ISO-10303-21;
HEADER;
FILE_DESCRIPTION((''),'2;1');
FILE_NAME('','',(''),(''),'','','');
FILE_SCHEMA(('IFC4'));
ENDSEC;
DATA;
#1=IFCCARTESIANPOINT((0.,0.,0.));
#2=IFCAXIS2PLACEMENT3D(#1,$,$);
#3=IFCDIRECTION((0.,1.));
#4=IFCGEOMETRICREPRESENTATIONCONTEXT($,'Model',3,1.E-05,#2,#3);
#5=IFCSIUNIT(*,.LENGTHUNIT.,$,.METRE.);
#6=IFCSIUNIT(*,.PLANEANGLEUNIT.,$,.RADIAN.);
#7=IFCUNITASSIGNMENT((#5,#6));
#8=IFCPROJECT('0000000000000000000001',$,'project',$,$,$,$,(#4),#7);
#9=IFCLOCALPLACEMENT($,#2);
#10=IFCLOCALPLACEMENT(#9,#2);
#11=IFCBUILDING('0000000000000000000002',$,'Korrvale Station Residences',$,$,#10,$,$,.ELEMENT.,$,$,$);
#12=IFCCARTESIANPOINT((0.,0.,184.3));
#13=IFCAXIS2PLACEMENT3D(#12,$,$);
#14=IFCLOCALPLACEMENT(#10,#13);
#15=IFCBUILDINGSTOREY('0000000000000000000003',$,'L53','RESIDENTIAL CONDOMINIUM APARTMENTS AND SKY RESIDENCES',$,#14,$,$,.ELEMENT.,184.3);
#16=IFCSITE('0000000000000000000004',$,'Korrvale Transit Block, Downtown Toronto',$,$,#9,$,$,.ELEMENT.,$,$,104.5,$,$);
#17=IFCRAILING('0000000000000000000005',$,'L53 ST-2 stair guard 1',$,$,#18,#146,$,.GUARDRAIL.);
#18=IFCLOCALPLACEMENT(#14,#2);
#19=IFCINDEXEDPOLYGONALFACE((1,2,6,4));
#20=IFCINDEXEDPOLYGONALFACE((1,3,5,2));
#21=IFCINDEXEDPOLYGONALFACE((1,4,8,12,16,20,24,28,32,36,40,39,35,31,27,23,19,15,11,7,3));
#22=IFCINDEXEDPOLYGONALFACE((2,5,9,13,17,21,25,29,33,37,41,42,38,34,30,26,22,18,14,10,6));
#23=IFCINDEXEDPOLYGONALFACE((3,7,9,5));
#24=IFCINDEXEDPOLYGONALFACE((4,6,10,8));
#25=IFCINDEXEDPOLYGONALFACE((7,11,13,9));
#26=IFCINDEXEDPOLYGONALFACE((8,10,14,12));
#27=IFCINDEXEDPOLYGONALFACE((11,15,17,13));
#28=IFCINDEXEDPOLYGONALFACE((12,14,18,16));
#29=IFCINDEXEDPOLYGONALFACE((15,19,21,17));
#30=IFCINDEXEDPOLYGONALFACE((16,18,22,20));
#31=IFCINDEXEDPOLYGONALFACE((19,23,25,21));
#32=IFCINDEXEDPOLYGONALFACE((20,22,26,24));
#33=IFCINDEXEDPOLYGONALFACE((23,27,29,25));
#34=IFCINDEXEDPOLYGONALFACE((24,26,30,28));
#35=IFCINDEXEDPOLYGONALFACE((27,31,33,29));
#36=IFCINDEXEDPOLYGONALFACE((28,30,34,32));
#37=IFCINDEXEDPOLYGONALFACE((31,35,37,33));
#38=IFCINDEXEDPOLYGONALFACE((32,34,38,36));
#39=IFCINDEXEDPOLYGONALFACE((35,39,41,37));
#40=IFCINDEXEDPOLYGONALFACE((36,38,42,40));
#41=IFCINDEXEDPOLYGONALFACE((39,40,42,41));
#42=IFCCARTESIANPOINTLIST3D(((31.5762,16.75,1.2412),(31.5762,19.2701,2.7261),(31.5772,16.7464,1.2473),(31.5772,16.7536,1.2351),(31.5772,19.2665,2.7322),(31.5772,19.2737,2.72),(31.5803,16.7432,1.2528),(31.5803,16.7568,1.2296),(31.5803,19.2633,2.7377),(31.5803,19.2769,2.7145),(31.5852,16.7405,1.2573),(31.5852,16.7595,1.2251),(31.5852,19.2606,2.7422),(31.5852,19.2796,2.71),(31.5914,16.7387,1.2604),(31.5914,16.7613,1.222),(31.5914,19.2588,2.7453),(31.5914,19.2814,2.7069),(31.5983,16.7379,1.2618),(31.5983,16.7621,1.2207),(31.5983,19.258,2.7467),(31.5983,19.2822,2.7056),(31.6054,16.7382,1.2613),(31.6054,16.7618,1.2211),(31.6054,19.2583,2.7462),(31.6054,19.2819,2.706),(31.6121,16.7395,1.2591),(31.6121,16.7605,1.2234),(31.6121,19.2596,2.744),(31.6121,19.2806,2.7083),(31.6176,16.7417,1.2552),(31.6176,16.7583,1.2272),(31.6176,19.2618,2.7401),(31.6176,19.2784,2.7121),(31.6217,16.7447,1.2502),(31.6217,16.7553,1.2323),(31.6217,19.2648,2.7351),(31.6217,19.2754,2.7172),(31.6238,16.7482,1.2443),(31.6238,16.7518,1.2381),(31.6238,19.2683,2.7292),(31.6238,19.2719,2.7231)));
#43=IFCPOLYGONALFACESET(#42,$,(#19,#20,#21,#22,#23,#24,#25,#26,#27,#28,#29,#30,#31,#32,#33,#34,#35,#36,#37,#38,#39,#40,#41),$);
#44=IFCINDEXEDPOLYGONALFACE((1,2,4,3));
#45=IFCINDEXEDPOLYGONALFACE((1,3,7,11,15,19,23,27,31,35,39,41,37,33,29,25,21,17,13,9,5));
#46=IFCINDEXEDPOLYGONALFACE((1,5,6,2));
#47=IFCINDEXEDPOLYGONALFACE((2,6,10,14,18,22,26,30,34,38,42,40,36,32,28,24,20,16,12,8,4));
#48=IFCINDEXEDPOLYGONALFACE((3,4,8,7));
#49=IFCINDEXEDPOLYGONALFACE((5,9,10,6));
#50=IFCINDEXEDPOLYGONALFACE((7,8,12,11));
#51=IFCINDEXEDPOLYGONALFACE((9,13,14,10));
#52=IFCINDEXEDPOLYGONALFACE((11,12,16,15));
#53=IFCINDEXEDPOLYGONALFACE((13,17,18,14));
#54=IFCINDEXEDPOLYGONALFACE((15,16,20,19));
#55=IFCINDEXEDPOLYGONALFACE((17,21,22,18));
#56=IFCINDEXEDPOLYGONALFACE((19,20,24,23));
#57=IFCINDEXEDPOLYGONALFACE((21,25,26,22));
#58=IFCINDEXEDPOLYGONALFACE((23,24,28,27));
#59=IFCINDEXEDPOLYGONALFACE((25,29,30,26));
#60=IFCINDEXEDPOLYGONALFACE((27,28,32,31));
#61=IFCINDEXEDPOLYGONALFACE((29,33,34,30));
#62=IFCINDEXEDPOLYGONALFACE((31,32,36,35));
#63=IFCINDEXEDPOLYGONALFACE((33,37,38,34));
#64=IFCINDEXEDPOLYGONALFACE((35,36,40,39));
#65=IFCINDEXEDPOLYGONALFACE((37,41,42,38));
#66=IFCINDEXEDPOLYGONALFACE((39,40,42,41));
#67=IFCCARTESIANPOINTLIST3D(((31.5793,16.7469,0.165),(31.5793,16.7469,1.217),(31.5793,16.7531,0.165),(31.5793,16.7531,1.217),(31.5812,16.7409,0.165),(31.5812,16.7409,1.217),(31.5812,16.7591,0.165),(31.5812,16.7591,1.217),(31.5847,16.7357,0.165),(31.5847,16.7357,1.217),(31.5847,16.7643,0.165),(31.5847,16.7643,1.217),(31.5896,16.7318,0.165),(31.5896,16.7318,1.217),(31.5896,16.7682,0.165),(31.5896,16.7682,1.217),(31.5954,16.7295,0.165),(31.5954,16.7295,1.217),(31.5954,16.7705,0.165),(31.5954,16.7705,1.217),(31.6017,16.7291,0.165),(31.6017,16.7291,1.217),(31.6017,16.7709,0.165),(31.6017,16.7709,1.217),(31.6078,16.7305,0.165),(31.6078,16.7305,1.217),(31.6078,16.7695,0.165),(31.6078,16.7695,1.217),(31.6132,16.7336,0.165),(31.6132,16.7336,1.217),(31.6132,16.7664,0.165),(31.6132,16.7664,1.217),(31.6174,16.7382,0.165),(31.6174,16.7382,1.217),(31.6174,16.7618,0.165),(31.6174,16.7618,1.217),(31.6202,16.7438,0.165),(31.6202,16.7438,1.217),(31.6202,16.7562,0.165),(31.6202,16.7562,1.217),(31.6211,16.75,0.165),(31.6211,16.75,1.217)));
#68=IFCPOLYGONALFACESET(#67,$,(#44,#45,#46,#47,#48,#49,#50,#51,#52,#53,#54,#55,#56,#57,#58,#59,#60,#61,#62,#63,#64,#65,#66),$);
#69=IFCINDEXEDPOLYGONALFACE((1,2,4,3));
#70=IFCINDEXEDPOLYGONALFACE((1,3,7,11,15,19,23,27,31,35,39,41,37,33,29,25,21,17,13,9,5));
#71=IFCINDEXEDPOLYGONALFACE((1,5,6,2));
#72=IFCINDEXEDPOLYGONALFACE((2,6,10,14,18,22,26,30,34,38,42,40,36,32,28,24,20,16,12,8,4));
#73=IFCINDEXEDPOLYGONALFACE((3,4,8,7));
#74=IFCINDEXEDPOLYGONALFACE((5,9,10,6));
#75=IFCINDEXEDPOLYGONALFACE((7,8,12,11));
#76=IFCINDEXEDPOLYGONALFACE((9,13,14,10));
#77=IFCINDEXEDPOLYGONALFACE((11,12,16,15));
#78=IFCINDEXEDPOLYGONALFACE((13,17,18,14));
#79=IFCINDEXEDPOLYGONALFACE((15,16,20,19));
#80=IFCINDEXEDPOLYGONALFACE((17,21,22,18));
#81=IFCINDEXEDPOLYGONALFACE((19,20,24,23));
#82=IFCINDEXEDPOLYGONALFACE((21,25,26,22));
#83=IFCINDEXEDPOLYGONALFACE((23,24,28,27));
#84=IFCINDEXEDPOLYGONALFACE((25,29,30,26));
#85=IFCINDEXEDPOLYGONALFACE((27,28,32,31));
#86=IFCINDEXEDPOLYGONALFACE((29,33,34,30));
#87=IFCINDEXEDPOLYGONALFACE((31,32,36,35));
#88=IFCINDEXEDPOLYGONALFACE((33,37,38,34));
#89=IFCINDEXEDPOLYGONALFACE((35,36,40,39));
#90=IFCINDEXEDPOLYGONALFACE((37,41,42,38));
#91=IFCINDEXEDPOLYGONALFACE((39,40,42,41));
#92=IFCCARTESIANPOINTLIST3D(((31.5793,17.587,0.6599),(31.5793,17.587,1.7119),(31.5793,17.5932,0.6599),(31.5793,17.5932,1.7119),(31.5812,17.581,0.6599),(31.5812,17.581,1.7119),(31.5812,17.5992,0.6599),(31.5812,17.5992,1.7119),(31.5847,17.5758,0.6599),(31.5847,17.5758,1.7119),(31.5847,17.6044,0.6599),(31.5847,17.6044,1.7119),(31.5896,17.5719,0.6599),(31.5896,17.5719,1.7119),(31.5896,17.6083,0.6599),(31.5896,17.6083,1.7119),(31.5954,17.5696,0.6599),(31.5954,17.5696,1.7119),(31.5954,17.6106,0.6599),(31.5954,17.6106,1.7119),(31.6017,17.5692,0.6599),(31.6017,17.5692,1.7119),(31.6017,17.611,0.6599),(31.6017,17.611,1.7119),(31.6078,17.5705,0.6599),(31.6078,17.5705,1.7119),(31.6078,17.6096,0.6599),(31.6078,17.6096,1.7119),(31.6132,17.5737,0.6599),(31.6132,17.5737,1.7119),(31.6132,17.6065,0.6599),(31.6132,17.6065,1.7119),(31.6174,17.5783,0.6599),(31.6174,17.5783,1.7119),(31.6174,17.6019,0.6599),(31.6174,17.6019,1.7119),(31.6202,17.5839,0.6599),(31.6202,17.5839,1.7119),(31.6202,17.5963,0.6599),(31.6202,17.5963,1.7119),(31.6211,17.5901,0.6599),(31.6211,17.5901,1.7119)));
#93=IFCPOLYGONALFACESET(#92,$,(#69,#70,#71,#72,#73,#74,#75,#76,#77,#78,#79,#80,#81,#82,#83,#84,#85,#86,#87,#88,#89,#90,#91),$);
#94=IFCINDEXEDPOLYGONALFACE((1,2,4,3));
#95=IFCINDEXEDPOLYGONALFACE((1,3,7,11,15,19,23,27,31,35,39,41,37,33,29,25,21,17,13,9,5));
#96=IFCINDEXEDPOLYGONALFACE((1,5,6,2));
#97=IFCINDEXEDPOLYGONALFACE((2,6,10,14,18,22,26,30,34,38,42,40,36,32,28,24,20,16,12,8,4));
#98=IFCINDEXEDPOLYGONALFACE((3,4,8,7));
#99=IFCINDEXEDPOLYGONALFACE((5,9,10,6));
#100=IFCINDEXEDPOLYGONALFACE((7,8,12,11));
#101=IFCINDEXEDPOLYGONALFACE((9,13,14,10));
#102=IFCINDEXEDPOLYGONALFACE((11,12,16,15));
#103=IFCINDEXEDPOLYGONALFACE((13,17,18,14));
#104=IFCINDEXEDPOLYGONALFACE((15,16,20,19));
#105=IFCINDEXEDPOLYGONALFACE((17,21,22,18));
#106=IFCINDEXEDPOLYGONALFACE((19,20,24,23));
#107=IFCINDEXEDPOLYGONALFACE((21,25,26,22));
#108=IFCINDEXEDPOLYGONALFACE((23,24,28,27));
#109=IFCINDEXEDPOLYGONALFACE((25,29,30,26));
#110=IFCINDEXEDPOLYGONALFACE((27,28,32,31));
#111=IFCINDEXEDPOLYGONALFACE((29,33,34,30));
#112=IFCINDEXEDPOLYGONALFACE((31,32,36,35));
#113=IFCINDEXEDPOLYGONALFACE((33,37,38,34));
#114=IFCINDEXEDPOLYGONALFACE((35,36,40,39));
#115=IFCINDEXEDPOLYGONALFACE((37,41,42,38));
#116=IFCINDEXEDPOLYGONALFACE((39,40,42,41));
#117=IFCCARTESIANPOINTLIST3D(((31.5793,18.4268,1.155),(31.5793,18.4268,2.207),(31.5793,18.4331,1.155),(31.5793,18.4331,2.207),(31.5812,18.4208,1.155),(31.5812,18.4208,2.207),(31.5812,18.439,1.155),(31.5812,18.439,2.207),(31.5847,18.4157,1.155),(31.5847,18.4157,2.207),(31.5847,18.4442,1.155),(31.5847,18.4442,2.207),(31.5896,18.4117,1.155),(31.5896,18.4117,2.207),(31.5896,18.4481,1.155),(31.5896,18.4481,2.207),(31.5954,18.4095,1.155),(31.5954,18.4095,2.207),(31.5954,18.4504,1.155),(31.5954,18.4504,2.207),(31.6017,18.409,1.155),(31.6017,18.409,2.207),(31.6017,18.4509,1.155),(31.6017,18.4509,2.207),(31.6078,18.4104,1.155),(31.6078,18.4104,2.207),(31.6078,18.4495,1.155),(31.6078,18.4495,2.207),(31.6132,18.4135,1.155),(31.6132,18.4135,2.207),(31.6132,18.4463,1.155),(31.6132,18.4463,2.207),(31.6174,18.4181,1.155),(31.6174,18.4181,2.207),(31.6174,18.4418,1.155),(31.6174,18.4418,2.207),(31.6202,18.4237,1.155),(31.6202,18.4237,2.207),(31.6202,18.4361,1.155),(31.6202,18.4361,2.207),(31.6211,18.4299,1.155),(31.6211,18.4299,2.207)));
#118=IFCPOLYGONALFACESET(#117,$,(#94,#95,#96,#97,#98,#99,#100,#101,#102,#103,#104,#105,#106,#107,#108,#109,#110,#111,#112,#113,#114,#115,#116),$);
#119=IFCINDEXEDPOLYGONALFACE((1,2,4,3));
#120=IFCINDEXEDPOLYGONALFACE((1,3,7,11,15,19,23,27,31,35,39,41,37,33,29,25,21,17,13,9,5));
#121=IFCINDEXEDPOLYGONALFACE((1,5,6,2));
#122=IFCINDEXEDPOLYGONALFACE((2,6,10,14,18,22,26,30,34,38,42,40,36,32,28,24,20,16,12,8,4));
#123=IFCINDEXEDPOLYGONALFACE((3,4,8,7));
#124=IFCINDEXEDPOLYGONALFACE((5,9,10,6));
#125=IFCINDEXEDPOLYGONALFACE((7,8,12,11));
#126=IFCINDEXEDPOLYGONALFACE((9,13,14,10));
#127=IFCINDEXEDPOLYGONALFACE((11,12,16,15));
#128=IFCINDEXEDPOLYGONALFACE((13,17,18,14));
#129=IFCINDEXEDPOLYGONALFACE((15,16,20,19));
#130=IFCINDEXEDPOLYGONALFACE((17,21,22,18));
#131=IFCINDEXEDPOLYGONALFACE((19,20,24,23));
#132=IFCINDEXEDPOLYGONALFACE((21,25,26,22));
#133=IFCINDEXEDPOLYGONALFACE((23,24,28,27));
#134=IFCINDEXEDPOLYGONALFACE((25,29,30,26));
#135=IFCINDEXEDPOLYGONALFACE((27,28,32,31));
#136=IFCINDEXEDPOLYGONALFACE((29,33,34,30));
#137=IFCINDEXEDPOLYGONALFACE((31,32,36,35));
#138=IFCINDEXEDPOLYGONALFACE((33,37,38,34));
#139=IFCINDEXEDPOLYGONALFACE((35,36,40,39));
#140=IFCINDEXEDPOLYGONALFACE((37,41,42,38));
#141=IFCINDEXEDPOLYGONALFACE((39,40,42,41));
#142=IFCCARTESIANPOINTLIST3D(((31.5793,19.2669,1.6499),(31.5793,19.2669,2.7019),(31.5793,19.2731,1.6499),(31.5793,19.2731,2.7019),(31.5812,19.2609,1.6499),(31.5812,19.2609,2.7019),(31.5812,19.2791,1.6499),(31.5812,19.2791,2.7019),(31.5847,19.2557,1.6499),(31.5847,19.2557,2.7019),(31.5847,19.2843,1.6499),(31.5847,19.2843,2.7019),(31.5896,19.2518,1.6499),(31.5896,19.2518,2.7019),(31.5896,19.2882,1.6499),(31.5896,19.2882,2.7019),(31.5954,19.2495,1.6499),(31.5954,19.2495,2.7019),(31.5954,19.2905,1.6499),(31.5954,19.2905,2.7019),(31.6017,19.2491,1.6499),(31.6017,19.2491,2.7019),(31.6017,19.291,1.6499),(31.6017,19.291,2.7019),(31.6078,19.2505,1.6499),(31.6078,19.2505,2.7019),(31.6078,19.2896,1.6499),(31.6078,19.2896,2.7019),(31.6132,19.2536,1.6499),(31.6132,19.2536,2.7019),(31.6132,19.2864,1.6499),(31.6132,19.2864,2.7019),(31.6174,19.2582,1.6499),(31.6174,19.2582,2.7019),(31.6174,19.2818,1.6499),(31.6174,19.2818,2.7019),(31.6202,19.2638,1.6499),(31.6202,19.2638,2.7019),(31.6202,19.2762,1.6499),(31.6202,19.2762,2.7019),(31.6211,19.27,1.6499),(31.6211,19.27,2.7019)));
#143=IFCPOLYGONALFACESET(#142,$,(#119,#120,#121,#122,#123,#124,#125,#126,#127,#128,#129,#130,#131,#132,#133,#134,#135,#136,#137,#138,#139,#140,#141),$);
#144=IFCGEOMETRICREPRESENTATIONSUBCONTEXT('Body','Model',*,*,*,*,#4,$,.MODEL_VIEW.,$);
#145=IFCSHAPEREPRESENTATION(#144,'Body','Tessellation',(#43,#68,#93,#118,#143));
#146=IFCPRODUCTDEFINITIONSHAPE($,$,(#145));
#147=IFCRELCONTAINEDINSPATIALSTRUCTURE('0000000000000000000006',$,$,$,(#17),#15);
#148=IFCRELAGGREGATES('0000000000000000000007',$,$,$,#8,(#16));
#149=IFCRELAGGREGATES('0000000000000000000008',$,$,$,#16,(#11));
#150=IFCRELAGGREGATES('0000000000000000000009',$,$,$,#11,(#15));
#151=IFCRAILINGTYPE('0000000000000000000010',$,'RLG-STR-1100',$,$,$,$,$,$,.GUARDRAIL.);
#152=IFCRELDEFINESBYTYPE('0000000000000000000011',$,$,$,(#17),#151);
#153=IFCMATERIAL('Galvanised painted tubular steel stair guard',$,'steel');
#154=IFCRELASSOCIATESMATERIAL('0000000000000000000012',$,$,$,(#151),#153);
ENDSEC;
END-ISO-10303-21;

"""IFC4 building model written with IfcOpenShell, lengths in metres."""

from ifc_helpers import new_model, si_unit, direction, frame, origin, origin_2d, place, context, subcontext, project, spatial, circle, extrude, material, type_object, element, save


model = new_model("IFC4")

# Units and contexts
model_context = context("Model", 3, precision=1e-05, world=origin(), true_north=direction((0.0, 1.0)))
body_context = subcontext(model_context, "Body", "Model", "MODEL_VIEW")
ifc_project = project(units=[si_unit("LENGTHUNIT", "METRE"), si_unit("PLANEANGLEUNIT", "RADIAN")], contexts=[model_context])

# Site, building, storey
site_placement = place(None, origin())
site = spatial("IfcSite", under=ifc_project, at=site_placement, Name="Korrvale Transit Block, Downtown Toronto", CompositionType="ELEMENT", RefElevation=104.5)
building_placement = place(site_placement, origin())
building = spatial("IfcBuilding", under=site, at=building_placement, Name="Korrvale Station Residences", CompositionType="ELEMENT")
storey_placement = place(building_placement, frame((0.0, 0.0, 184.3)))
storey = spatial("IfcBuildingStorey", under=building, at=storey_placement, Name="L53", Description="RESIDENTIAL CONDOMINIUM APARTMENTS AND SKY RESIDENCES", CompositionType="ELEMENT", Elevation=184.3)

# Railing
ifc_material_1 = material(Name="Galvanised painted tubular steel stair guard", Category="steel")
railing_type_1 = type_object("IfcRailingType", Name="RLG-STR-1100", PredefinedType="GUARDRAIL", material=ifc_material_1)
railing_1_placement = place(storey_placement, frame((31.6001, 16.75, 0.165)))
element("IfcRailing", 1, at=railing_1_placement, inside=storey, type_object=railing_type_1, Name="L53 ST-2 stair guard 1", PredefinedType="GUARDRAIL", context=body_context, shape_type="SweptSolid", body=[
    extrude(circle(Radius=0.0239, at=origin_2d()), frame((0.0, 0.0, 1.0762), z_axis=(0.0, 0.861561, 0.507655), x_axis=(-1.0, 0.0, 0.0)), (0.0, 0.0, 1.0), 2.925),
    extrude(circle(Radius=0.021, at=origin_2d()), origin(), (0.0, 0.0, 1.0), 1.052),
    extrude(circle(Radius=0.021, at=origin_2d()), frame((0.0, 0.8401, 0.4949)), (0.0, 0.0, 1.0), 1.052),
    extrude(circle(Radius=0.021, at=origin_2d()), frame((0.0, 1.6799, 0.99)), (0.0, 0.0, 1.0), 1.052),
    extrude(circle(Radius=0.021, at=origin_2d()), frame((0.0, 2.52, 1.4849)), (0.0, 0.0, 1.0), 1.052),
])

save(model, "model.ifc")
